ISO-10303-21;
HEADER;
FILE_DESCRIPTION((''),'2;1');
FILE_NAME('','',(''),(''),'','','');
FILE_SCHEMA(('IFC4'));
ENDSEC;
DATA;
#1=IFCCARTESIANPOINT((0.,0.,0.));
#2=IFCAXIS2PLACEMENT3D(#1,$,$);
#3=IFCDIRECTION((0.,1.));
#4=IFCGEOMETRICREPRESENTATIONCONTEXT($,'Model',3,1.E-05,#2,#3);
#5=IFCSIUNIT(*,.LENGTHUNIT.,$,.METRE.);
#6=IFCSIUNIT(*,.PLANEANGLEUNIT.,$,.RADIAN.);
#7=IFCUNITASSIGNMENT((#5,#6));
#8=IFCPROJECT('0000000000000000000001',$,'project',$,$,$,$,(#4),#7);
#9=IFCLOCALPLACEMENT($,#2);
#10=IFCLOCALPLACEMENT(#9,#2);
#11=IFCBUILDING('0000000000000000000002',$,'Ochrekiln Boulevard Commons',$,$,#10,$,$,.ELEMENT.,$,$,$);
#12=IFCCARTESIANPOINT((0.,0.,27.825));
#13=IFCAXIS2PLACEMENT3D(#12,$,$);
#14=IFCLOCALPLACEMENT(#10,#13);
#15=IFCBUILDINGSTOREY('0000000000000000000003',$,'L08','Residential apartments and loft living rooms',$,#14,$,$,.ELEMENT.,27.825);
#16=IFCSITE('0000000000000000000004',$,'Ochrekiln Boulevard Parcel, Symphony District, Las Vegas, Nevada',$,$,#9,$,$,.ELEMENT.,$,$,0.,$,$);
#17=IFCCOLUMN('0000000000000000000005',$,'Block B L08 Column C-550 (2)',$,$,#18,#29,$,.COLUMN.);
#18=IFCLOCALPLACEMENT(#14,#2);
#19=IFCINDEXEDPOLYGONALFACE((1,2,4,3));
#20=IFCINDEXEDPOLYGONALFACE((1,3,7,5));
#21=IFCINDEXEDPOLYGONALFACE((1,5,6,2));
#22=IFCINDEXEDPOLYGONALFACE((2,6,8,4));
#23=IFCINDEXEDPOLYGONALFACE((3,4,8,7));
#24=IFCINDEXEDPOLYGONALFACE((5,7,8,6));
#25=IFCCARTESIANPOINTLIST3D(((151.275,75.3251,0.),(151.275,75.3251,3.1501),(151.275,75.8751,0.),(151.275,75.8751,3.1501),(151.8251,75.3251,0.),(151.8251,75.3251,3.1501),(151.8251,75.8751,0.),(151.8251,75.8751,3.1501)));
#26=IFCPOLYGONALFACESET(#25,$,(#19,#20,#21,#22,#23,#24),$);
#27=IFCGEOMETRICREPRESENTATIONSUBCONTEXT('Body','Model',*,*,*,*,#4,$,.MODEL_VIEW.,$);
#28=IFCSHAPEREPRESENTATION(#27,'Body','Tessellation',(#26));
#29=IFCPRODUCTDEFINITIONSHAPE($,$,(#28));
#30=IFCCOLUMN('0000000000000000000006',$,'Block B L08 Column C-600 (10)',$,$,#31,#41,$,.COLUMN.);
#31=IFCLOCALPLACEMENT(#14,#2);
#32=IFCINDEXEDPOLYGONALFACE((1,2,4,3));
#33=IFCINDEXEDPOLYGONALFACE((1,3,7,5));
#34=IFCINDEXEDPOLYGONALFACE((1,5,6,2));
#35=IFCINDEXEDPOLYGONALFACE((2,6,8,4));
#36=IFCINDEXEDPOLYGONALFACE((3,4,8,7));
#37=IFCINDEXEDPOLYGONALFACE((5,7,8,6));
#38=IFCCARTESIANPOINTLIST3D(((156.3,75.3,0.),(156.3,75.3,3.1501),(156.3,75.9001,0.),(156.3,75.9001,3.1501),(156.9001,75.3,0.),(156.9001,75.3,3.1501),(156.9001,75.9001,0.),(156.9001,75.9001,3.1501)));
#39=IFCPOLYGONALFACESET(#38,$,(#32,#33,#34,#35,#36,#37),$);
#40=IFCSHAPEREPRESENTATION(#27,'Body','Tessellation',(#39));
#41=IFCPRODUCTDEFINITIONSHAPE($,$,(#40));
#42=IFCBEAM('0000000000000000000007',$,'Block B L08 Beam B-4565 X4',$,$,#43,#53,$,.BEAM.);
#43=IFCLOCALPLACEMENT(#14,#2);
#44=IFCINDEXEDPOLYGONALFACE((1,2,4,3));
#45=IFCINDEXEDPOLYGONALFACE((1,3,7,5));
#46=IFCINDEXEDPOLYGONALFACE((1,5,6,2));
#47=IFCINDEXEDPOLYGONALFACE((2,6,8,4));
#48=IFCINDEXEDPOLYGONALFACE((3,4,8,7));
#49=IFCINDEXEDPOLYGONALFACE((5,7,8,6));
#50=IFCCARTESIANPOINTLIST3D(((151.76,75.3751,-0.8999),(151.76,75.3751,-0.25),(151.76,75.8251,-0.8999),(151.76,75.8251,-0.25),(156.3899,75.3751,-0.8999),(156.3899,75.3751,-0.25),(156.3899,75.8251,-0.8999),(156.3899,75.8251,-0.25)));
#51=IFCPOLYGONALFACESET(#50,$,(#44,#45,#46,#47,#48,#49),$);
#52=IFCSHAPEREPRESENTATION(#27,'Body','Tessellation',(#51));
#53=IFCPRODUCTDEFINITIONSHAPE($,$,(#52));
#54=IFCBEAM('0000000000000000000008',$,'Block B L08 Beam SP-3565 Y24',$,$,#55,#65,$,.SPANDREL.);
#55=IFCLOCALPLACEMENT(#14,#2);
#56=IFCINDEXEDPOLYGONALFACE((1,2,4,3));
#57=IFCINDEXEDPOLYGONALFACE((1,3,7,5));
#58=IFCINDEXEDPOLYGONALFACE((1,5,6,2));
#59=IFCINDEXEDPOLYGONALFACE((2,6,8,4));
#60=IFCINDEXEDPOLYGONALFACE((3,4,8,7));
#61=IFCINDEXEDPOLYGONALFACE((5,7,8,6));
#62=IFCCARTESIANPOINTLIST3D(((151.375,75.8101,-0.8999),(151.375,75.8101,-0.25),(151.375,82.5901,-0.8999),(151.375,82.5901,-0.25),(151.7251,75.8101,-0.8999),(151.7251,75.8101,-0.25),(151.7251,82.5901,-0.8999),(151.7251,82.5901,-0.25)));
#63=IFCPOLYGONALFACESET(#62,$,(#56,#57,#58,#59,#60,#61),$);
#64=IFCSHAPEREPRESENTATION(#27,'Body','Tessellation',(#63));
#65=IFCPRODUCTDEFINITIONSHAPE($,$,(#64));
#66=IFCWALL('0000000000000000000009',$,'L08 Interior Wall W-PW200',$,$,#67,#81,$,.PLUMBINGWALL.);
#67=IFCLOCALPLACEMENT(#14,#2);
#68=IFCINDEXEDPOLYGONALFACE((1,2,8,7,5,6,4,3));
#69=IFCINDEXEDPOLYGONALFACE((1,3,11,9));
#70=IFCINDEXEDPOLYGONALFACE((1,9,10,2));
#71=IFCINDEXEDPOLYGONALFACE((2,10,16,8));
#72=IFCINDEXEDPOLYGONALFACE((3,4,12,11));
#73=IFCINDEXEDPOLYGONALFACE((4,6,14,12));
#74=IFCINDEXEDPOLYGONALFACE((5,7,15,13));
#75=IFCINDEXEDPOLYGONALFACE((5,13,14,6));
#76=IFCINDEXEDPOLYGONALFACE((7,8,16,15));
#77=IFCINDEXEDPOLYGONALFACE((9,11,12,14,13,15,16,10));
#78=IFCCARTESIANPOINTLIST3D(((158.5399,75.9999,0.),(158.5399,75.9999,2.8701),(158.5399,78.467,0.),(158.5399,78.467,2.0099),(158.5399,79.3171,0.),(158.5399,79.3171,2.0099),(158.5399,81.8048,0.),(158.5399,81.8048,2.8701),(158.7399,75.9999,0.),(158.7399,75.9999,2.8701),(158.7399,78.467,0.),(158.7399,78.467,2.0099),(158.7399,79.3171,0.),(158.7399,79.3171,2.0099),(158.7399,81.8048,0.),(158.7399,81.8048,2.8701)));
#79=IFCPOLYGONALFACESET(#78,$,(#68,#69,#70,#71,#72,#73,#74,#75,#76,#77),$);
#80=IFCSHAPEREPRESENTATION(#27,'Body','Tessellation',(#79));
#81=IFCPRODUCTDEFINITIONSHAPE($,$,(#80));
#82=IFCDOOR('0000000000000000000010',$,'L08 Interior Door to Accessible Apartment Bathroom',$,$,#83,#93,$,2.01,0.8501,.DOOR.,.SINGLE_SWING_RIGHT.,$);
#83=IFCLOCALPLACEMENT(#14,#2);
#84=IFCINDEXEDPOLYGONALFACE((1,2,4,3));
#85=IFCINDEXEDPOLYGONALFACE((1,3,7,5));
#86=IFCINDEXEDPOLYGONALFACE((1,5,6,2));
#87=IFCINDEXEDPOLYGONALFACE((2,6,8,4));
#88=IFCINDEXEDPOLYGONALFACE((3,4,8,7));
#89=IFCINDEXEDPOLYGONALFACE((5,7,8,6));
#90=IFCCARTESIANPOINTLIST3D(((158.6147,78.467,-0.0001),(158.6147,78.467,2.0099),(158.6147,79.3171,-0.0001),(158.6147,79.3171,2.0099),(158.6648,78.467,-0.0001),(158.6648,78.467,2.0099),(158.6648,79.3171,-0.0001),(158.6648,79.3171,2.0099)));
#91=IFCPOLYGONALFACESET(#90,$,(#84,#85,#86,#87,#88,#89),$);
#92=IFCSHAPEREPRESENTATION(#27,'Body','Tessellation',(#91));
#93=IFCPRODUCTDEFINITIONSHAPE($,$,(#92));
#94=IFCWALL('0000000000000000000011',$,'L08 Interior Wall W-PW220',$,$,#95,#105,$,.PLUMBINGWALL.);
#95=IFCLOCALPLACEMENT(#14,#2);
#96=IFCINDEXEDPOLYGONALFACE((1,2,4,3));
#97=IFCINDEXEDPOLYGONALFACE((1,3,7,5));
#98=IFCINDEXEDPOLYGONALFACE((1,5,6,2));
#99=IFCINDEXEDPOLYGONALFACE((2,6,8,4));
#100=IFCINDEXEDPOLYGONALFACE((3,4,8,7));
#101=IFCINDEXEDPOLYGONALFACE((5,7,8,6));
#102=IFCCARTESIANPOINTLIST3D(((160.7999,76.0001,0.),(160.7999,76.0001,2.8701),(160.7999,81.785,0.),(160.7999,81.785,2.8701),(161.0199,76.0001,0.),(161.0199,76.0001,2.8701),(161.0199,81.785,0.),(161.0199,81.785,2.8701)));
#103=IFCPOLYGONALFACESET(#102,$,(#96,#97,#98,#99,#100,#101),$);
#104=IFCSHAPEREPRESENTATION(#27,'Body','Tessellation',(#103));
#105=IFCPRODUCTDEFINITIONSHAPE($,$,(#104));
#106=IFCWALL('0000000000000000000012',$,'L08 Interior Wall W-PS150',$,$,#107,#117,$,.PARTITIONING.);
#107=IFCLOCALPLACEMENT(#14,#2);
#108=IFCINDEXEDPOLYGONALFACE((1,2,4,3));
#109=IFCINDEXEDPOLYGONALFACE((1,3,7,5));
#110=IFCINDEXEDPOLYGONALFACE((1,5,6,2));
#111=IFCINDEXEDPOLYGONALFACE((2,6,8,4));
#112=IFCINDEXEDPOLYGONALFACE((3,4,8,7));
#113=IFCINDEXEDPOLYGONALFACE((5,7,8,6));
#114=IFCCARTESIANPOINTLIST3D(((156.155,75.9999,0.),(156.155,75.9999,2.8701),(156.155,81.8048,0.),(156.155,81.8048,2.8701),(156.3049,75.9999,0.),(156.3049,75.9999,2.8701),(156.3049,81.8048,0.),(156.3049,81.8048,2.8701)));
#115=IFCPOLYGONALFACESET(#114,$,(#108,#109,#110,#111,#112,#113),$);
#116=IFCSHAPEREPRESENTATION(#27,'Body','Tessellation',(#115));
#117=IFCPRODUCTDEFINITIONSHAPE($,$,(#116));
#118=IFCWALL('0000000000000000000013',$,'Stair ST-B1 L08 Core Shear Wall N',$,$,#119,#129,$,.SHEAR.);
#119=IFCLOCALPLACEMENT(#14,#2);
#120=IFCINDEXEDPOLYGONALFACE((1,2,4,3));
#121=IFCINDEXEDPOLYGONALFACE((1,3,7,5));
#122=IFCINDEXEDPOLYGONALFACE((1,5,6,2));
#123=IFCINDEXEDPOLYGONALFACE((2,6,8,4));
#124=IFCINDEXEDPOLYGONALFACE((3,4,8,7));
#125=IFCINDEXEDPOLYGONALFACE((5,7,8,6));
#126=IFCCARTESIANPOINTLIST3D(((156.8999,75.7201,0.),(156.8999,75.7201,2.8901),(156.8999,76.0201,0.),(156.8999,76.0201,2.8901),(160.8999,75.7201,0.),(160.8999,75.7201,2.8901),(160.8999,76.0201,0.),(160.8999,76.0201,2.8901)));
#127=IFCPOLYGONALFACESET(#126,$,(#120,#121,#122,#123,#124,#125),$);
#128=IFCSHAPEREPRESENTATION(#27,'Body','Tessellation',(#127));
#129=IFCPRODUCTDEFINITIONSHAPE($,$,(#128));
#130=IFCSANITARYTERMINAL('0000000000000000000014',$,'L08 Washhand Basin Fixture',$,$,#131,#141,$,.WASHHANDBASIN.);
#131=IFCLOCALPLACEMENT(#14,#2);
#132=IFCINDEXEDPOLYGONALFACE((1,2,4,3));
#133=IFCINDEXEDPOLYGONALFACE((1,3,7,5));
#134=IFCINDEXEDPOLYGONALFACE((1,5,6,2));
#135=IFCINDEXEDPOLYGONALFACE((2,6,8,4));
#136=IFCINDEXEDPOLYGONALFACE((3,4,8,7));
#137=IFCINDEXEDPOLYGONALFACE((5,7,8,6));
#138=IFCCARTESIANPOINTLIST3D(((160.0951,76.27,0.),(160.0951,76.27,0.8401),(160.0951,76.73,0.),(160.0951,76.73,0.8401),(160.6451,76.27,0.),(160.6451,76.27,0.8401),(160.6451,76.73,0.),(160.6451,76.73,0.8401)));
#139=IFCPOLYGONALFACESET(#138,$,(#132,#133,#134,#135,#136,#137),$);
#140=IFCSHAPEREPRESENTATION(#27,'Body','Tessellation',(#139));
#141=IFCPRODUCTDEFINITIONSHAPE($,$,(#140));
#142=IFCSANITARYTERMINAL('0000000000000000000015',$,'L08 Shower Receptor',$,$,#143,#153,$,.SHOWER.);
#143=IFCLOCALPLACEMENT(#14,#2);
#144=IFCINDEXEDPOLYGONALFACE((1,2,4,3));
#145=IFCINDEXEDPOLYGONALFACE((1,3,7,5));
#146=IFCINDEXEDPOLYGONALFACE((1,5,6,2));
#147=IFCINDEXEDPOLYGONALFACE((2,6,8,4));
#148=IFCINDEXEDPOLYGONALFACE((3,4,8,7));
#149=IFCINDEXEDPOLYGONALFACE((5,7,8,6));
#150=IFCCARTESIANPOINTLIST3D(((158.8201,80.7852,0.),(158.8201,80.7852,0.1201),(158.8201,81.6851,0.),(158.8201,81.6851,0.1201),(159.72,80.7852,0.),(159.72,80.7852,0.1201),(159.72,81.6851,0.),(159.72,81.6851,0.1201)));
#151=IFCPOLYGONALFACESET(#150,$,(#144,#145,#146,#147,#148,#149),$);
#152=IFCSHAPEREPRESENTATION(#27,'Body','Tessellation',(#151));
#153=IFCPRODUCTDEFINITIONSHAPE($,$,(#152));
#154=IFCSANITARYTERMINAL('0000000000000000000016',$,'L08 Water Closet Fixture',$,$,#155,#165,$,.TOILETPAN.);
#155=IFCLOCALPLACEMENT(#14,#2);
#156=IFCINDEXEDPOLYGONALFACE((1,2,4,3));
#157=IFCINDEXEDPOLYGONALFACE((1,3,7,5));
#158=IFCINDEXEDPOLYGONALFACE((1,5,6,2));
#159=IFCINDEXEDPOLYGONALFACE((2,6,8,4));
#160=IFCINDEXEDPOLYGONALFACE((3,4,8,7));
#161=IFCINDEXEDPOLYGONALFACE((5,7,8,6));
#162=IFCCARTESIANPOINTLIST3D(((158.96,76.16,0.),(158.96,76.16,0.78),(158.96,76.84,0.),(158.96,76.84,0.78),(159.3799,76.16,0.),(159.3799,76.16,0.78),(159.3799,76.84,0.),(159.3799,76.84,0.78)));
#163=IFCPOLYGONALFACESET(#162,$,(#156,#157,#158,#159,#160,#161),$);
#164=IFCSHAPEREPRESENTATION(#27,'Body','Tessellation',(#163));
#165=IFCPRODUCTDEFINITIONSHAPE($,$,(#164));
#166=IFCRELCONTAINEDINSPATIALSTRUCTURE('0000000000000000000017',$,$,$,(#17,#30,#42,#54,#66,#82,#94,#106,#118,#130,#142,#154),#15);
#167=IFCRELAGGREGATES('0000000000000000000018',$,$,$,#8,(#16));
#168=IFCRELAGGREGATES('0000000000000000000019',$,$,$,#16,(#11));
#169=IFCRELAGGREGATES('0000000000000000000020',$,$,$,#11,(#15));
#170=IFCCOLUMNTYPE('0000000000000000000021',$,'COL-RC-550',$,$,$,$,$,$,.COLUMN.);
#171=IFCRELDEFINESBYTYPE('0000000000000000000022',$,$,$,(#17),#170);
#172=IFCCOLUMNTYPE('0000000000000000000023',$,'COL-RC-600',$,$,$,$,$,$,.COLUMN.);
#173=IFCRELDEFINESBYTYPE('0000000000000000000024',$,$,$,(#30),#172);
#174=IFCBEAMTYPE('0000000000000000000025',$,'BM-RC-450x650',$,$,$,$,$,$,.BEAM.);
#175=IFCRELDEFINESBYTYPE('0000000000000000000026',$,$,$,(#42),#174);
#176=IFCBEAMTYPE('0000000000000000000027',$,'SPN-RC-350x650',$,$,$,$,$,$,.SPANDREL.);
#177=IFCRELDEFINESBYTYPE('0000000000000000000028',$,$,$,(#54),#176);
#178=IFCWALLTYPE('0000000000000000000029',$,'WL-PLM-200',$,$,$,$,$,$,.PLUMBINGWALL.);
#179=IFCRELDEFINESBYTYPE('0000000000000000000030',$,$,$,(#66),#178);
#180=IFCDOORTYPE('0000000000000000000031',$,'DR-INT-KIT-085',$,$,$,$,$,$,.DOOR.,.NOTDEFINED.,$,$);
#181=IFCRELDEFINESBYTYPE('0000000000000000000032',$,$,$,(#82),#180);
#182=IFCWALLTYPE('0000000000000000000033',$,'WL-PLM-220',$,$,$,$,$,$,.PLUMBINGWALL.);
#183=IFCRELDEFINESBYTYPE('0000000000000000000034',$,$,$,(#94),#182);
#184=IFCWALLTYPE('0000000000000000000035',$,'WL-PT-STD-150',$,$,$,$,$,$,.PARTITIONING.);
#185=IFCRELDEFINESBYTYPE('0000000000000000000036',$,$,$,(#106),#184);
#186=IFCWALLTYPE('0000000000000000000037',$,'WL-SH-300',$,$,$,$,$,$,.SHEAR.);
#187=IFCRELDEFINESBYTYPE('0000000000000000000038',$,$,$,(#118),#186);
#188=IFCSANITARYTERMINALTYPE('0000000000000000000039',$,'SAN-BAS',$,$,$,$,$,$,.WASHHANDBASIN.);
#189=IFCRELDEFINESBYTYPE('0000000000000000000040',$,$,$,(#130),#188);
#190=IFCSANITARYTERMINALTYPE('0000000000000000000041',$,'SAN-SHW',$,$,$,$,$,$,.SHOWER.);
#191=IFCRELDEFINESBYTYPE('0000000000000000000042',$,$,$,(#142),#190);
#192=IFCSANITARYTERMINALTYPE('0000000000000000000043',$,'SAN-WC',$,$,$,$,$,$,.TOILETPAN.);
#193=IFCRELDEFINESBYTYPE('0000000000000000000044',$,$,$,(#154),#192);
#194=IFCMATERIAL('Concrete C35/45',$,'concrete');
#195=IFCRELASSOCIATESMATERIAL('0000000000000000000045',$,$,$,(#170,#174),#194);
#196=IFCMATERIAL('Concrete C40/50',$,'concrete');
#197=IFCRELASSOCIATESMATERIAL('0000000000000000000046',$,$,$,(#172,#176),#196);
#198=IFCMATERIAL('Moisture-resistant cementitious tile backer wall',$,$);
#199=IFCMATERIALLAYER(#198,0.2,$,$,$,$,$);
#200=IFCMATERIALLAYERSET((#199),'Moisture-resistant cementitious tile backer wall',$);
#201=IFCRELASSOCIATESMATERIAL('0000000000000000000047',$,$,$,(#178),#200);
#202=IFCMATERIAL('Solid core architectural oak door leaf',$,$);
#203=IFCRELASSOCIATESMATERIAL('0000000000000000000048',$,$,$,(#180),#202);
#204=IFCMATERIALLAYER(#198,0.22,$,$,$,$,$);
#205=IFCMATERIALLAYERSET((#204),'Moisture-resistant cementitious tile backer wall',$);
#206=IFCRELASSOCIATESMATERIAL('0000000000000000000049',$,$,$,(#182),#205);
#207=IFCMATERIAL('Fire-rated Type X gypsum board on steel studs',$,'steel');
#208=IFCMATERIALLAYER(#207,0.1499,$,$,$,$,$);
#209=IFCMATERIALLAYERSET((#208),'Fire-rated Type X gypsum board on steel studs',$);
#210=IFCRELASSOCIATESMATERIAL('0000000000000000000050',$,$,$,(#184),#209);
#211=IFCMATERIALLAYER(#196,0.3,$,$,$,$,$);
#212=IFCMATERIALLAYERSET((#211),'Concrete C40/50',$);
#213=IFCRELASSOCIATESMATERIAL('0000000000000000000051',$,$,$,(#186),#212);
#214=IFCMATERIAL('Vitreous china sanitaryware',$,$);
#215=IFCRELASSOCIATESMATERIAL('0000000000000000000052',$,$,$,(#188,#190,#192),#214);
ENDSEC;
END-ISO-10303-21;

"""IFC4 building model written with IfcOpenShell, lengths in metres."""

from ifc_helpers import new_model, si_unit, direction, frame, frame_2d, origin, origin_2d, place, context, subcontext, project, spatial, rectangle, extrude, material, layer, layer_set, material_profile, profile_set, type_object, element, fill, save


model = new_model("IFC4")

# Units and contexts
model_context = context("Model", 3, precision=1e-05, world=origin(), true_north=direction((0.0, 1.0)))
body_context = subcontext(model_context, "Body", "Model", "MODEL_VIEW")
ifc_project = project(units=[si_unit("LENGTHUNIT", "METRE"), si_unit("PLANEANGLEUNIT", "RADIAN")], contexts=[model_context])

# Site, building, storey
site_placement = place(None, origin())
site = spatial("IfcSite", under=ifc_project, at=site_placement, Name="Ochrekiln Boulevard Parcel, Symphony District, Las Vegas, Nevada", CompositionType="ELEMENT", RefElevation=0.0)
building_placement = place(site_placement, origin())
building = spatial("IfcBuilding", under=site, at=building_placement, Name="Ochrekiln Boulevard Commons", CompositionType="ELEMENT")
storey_placement = place(building_placement, frame((0.0, 0.0, 27.825)))
storey = spatial("IfcBuildingStorey", under=building, at=storey_placement, Name="L08", Description="Residential apartments and loft living rooms", CompositionType="ELEMENT", Elevation=27.825)

# Columns
ifc_material_1 = material(Name="Concrete C35/45", Category="concrete")
ifc_material_profile_1 = material_profile(ifc_material_1, rectangle(XDim=0.55, YDim=0.55, at=origin_2d()), Name="RC-COL-550x550")
ifc_profile_set_1 = profile_set([ifc_material_profile_1], Name="Concrete C35/45")
column_type_1 = type_object("IfcColumnType", Name="COL-RC-550", PredefinedType="COLUMN", material=ifc_profile_set_1)
column_1_placement = place(storey_placement, frame((151.55, 75.6001, 0.0), z_axis=(0.0, 0.0, 1.0), x_axis=(1.0, 0.0, 0.0)))
element("IfcColumn", 1, at=column_1_placement, inside=storey, type_object=column_type_1, Name="Block B L08 Column C-550 (2)", PredefinedType="COLUMN", context=body_context, shape_type="SweptSolid", body=[
    extrude(rectangle(XDim=0.55, YDim=0.55, at=origin_2d()), origin(), (0.0, 0.0, 1.0), 3.1501),
])
ifc_material_2 = material(Name="Concrete C40/50", Category="concrete")
ifc_material_profile_2 = material_profile(ifc_material_2, rectangle(XDim=0.6001, YDim=0.6001, at=origin_2d()), Name="RC-COL-600x600")
ifc_profile_set_2 = profile_set([ifc_material_profile_2], Name="Concrete C40/50")
column_type_2 = type_object("IfcColumnType", Name="COL-RC-600", PredefinedType="COLUMN", material=ifc_profile_set_2)
column_2_placement = place(storey_placement, frame((156.6001, 75.6001, 0.0), z_axis=(0.0, 0.0, 1.0), x_axis=(1.0, 0.0, 0.0)))
element("IfcColumn", 2, at=column_2_placement, inside=storey, type_object=column_type_2, Name="Block B L08 Column C-600 (10)", PredefinedType="COLUMN", context=body_context, shape_type="SweptSolid", body=[
    extrude(rectangle(XDim=0.6001, YDim=0.6001, at=origin_2d()), origin(), (0.0, 0.0, 1.0), 3.1501),
])

# Beams
ifc_material_profile_3 = material_profile(ifc_material_1, rectangle(XDim=0.45, YDim=0.6499, at=origin_2d()), Name="RC-BM-450x650")
ifc_profile_set_3 = profile_set([ifc_material_profile_3], Name="Concrete C35/45")
beam_type_1 = type_object("IfcBeamType", Name="BM-RC-450x650", PredefinedType="BEAM", material=ifc_profile_set_3)
beam_1_placement = place(storey_placement, frame((151.76, 75.6001, -0.575), z_axis=(1.0, 0.0, 0.0), x_axis=(0.0, 1.0, 0.0)))
element("IfcBeam", 3, at=beam_1_placement, inside=storey, type_object=beam_type_1, Name="Block B L08 Beam B-4565 X4", PredefinedType="BEAM", context=body_context, shape_type="SweptSolid", body=[
    extrude(rectangle(XDim=0.45, YDim=0.6499, at=origin_2d()), origin(), (0.0, 0.0, 1.0), 4.6299),
])
ifc_material_profile_4 = material_profile(ifc_material_2, rectangle(XDim=0.3501, YDim=0.6499, at=origin_2d()), Name="RC-SPN-350x650")
ifc_profile_set_4 = profile_set([ifc_material_profile_4], Name="Concrete C40/50")
beam_type_2 = type_object("IfcBeamType", Name="SPN-RC-350x650", PredefinedType="SPANDREL", material=ifc_profile_set_4)
beam_2_placement = place(storey_placement, frame((151.55, 75.8101, -0.575), z_axis=(0.0, 1.0, 0.0), x_axis=(-1.0, 0.0, 0.0)))
element("IfcBeam", 4, at=beam_2_placement, inside=storey, type_object=beam_type_2, Name="Block B L08 Beam SP-3565 Y24", PredefinedType="SPANDREL", context=body_context, shape_type="SweptSolid", body=[
    extrude(rectangle(XDim=0.3501, YDim=0.6499, at=origin_2d()), origin(), (0.0, 0.0, 1.0), 6.78),
])

# Wall, opening, door
ifc_material_3 = material(Name="Moisture-resistant cementitious tile backer wall")
ifc_layer_1 = layer(ifc_material_3, 0.2)
ifc_layer_set_1 = layer_set([ifc_layer_1], Name="Moisture-resistant cementitious tile backer wall")
wall_type_1 = type_object("IfcWallType", Name="WL-PLM-200", PredefinedType="PLUMBINGWALL", material=ifc_layer_set_1)
wall_1_placement = place(storey_placement, frame((158.6399, 76.0, 0.0), z_axis=(0.0, 0.0, 1.0), x_axis=(0.0, 1.0, 0.0)))
wall_1 = element("IfcWall", 5, at=wall_1_placement, inside=storey, type_object=wall_type_1, Name="L08 Interior Wall W-PW200", PredefinedType="PLUMBINGWALL", context=body_context, shape_type="SweptSolid", body=[
    extrude(rectangle(XDim=5.8049, YDim=0.2, at=frame_2d((2.9023, 0.0))), origin(), (0.0, 0.0, 1.0), 2.8701),
])
opening_1_placement = place(wall_1_placement, frame((2.467, 0.0, 0.0)))
opening_1 = element("IfcOpeningElement", 6, at=opening_1_placement, cuts=wall_1, PredefinedType="OPENING", context=body_context, shape_type="SweptSolid", body=[
    extrude(rectangle(XDim=0.8501, YDim=2.01, at=frame_2d((0.425, 1.0049))), frame((0.0, 0.1099, 0.0), z_axis=(0.0, -1.0, 0.0), x_axis=(1.0, 0.0, 0.0)), (0.0, 0.0, 1.0), 0.22),
])
ifc_material_4 = material(Name="Solid core architectural oak door leaf")
door_type_1 = type_object("IfcDoorType", Name="DR-INT-KIT-085", OperationType="NOTDEFINED", PredefinedType="DOOR", material=ifc_material_4)
door_1_placement = place(opening_1_placement, frame((0.8501, 0.0, 0.0), z_axis=(0.0, 0.0, 1.0), x_axis=(-1.0, 0.0, 0.0)))
door_1 = element("IfcDoor", 7, at=door_1_placement, inside=storey, type_object=door_type_1, Name="L08 Interior Door to Accessible Apartment Bathroom", OperationType="SINGLE_SWING_RIGHT", OverallHeight=2.01, OverallWidth=0.8501, PredefinedType="DOOR", context=body_context, shape_type="SweptSolid", body=[
    extrude(rectangle(XDim=0.8501, YDim=2.01, at=frame_2d((0.425, 1.0049))), frame((0.0, 0.0249, 0.0), z_axis=(0.0, -1.0, 0.0), x_axis=(1.0, 0.0, 0.0)), (0.0, 0.0, 1.0), 0.05),
])
fill(opening_1, door_1)

# Wall
ifc_layer_2 = layer(ifc_material_3, 0.22)
ifc_layer_set_2 = layer_set([ifc_layer_2], Name="Moisture-resistant cementitious tile backer wall")
wall_type_2 = type_object("IfcWallType", Name="WL-PLM-220", PredefinedType="PLUMBINGWALL", material=ifc_layer_set_2)
wall_2_placement = place(storey_placement, frame((160.9099, 76.0, 0.0), z_axis=(0.0, 0.0, 1.0), x_axis=(0.0, 1.0, 0.0)))
element("IfcWall", 8, at=wall_2_placement, inside=storey, type_object=wall_type_2, Name="L08 Interior Wall W-PW220", PredefinedType="PLUMBINGWALL", context=body_context, shape_type="SweptSolid", body=[
    extrude(rectangle(XDim=5.7849, YDim=0.22, at=frame_2d((2.8926, 0.0))), origin(), (0.0, 0.0, 1.0), 2.8701),
])

# Shared definitions
ifc_material_5 = material(Name="Fire-rated Type X gypsum board on steel studs", Category="steel")

# Walls
ifc_layer_3 = layer(ifc_material_5, 0.1499)
ifc_layer_set_3 = layer_set([ifc_layer_3], Name="Fire-rated Type X gypsum board on steel studs")
wall_type_3 = type_object("IfcWallType", Name="WL-PT-STD-150", PredefinedType="PARTITIONING", material=ifc_layer_set_3)
wall_3_placement = place(storey_placement, frame((156.23, 76.0, 0.0), z_axis=(0.0, 0.0, 1.0), x_axis=(0.0, 1.0, 0.0)))
element("IfcWall", 9, at=wall_3_placement, inside=storey, type_object=wall_type_3, Name="L08 Interior Wall W-PS150", PredefinedType="PARTITIONING", context=body_context, shape_type="SweptSolid", body=[
    extrude(rectangle(XDim=5.8049, YDim=0.1499, at=frame_2d((2.9023, 0.0))), origin(), (0.0, 0.0, 1.0), 2.8701),
])
ifc_layer_4 = layer(ifc_material_2, 0.3)
ifc_layer_set_4 = layer_set([ifc_layer_4], Name="Concrete C40/50")
wall_type_4 = type_object("IfcWallType", Name="WL-SH-300", PredefinedType="SHEAR", material=ifc_layer_set_4)
wall_4_placement = place(storey_placement, frame((156.8999, 75.8701, 0.0), z_axis=(0.0, 0.0, 1.0), x_axis=(1.0, 0.0, 0.0)))
element("IfcWall", 10, at=wall_4_placement, inside=storey, type_object=wall_type_4, Name="Stair ST-B1 L08 Core Shear Wall N", PredefinedType="SHEAR", context=body_context, shape_type="SweptSolid", body=[
    extrude(rectangle(XDim=4.0, YDim=0.3, at=frame_2d((2.0, 0.0))), origin(), (0.0, 0.0, 1.0), 2.8901),
])

# Sanitary terminals
ifc_material_6 = material(Name="Vitreous china sanitaryware")
sanitary_terminal_type_1 = type_object("IfcSanitaryTerminalType", Name="SAN-BAS", PredefinedType="WASHHANDBASIN", material=ifc_material_6)
sanitary_terminal_1_placement = place(storey_placement, frame((160.3701, 76.5, 0.0), z_axis=(0.0, 0.0, 1.0), x_axis=(1.0, 0.0, 0.0)))
element("IfcSanitaryTerminal", 11, at=sanitary_terminal_1_placement, inside=storey, type_object=sanitary_terminal_type_1, Name="L08 Washhand Basin Fixture", PredefinedType="WASHHANDBASIN", context=body_context, shape_type="SweptSolid", body=[
    extrude(rectangle(XDim=0.55, YDim=0.46, at=origin_2d()), origin(), (0.0, 0.0, 1.0), 0.8401),
])
sanitary_terminal_type_2 = type_object("IfcSanitaryTerminalType", Name="SAN-SHW", PredefinedType="SHOWER", material=ifc_material_6)
sanitary_terminal_2_placement = place(storey_placement, frame((159.27, 81.2351, 0.0), z_axis=(0.0, 0.0, 1.0), x_axis=(1.0, 0.0, 0.0)))
element("IfcSanitaryTerminal", 12, at=sanitary_terminal_2_placement, inside=storey, type_object=sanitary_terminal_type_2, Name="L08 Shower Receptor", PredefinedType="SHOWER", context=body_context, shape_type="SweptSolid", body=[
    extrude(rectangle(XDim=0.8999, YDim=0.8999, at=origin_2d()), origin(), (0.0, 0.0, 1.0), 0.1201),
])
sanitary_terminal_type_3 = type_object("IfcSanitaryTerminalType", Name="SAN-WC", PredefinedType="TOILETPAN", material=ifc_material_6)
sanitary_terminal_3_placement = place(storey_placement, frame((159.1699, 76.5, 0.0), z_axis=(0.0, 0.0, 1.0), x_axis=(1.0, 0.0, 0.0)))
element("IfcSanitaryTerminal", 13, at=sanitary_terminal_3_placement, inside=storey, type_object=sanitary_terminal_type_3, Name="L08 Water Closet Fixture", PredefinedType="TOILETPAN", context=body_context, shape_type="SweptSolid", body=[
    extrude(rectangle(XDim=0.4199, YDim=0.6799, at=origin_2d()), origin(), (0.0, 0.0, 1.0), 0.78),
])

save(model, "model.ifc")
